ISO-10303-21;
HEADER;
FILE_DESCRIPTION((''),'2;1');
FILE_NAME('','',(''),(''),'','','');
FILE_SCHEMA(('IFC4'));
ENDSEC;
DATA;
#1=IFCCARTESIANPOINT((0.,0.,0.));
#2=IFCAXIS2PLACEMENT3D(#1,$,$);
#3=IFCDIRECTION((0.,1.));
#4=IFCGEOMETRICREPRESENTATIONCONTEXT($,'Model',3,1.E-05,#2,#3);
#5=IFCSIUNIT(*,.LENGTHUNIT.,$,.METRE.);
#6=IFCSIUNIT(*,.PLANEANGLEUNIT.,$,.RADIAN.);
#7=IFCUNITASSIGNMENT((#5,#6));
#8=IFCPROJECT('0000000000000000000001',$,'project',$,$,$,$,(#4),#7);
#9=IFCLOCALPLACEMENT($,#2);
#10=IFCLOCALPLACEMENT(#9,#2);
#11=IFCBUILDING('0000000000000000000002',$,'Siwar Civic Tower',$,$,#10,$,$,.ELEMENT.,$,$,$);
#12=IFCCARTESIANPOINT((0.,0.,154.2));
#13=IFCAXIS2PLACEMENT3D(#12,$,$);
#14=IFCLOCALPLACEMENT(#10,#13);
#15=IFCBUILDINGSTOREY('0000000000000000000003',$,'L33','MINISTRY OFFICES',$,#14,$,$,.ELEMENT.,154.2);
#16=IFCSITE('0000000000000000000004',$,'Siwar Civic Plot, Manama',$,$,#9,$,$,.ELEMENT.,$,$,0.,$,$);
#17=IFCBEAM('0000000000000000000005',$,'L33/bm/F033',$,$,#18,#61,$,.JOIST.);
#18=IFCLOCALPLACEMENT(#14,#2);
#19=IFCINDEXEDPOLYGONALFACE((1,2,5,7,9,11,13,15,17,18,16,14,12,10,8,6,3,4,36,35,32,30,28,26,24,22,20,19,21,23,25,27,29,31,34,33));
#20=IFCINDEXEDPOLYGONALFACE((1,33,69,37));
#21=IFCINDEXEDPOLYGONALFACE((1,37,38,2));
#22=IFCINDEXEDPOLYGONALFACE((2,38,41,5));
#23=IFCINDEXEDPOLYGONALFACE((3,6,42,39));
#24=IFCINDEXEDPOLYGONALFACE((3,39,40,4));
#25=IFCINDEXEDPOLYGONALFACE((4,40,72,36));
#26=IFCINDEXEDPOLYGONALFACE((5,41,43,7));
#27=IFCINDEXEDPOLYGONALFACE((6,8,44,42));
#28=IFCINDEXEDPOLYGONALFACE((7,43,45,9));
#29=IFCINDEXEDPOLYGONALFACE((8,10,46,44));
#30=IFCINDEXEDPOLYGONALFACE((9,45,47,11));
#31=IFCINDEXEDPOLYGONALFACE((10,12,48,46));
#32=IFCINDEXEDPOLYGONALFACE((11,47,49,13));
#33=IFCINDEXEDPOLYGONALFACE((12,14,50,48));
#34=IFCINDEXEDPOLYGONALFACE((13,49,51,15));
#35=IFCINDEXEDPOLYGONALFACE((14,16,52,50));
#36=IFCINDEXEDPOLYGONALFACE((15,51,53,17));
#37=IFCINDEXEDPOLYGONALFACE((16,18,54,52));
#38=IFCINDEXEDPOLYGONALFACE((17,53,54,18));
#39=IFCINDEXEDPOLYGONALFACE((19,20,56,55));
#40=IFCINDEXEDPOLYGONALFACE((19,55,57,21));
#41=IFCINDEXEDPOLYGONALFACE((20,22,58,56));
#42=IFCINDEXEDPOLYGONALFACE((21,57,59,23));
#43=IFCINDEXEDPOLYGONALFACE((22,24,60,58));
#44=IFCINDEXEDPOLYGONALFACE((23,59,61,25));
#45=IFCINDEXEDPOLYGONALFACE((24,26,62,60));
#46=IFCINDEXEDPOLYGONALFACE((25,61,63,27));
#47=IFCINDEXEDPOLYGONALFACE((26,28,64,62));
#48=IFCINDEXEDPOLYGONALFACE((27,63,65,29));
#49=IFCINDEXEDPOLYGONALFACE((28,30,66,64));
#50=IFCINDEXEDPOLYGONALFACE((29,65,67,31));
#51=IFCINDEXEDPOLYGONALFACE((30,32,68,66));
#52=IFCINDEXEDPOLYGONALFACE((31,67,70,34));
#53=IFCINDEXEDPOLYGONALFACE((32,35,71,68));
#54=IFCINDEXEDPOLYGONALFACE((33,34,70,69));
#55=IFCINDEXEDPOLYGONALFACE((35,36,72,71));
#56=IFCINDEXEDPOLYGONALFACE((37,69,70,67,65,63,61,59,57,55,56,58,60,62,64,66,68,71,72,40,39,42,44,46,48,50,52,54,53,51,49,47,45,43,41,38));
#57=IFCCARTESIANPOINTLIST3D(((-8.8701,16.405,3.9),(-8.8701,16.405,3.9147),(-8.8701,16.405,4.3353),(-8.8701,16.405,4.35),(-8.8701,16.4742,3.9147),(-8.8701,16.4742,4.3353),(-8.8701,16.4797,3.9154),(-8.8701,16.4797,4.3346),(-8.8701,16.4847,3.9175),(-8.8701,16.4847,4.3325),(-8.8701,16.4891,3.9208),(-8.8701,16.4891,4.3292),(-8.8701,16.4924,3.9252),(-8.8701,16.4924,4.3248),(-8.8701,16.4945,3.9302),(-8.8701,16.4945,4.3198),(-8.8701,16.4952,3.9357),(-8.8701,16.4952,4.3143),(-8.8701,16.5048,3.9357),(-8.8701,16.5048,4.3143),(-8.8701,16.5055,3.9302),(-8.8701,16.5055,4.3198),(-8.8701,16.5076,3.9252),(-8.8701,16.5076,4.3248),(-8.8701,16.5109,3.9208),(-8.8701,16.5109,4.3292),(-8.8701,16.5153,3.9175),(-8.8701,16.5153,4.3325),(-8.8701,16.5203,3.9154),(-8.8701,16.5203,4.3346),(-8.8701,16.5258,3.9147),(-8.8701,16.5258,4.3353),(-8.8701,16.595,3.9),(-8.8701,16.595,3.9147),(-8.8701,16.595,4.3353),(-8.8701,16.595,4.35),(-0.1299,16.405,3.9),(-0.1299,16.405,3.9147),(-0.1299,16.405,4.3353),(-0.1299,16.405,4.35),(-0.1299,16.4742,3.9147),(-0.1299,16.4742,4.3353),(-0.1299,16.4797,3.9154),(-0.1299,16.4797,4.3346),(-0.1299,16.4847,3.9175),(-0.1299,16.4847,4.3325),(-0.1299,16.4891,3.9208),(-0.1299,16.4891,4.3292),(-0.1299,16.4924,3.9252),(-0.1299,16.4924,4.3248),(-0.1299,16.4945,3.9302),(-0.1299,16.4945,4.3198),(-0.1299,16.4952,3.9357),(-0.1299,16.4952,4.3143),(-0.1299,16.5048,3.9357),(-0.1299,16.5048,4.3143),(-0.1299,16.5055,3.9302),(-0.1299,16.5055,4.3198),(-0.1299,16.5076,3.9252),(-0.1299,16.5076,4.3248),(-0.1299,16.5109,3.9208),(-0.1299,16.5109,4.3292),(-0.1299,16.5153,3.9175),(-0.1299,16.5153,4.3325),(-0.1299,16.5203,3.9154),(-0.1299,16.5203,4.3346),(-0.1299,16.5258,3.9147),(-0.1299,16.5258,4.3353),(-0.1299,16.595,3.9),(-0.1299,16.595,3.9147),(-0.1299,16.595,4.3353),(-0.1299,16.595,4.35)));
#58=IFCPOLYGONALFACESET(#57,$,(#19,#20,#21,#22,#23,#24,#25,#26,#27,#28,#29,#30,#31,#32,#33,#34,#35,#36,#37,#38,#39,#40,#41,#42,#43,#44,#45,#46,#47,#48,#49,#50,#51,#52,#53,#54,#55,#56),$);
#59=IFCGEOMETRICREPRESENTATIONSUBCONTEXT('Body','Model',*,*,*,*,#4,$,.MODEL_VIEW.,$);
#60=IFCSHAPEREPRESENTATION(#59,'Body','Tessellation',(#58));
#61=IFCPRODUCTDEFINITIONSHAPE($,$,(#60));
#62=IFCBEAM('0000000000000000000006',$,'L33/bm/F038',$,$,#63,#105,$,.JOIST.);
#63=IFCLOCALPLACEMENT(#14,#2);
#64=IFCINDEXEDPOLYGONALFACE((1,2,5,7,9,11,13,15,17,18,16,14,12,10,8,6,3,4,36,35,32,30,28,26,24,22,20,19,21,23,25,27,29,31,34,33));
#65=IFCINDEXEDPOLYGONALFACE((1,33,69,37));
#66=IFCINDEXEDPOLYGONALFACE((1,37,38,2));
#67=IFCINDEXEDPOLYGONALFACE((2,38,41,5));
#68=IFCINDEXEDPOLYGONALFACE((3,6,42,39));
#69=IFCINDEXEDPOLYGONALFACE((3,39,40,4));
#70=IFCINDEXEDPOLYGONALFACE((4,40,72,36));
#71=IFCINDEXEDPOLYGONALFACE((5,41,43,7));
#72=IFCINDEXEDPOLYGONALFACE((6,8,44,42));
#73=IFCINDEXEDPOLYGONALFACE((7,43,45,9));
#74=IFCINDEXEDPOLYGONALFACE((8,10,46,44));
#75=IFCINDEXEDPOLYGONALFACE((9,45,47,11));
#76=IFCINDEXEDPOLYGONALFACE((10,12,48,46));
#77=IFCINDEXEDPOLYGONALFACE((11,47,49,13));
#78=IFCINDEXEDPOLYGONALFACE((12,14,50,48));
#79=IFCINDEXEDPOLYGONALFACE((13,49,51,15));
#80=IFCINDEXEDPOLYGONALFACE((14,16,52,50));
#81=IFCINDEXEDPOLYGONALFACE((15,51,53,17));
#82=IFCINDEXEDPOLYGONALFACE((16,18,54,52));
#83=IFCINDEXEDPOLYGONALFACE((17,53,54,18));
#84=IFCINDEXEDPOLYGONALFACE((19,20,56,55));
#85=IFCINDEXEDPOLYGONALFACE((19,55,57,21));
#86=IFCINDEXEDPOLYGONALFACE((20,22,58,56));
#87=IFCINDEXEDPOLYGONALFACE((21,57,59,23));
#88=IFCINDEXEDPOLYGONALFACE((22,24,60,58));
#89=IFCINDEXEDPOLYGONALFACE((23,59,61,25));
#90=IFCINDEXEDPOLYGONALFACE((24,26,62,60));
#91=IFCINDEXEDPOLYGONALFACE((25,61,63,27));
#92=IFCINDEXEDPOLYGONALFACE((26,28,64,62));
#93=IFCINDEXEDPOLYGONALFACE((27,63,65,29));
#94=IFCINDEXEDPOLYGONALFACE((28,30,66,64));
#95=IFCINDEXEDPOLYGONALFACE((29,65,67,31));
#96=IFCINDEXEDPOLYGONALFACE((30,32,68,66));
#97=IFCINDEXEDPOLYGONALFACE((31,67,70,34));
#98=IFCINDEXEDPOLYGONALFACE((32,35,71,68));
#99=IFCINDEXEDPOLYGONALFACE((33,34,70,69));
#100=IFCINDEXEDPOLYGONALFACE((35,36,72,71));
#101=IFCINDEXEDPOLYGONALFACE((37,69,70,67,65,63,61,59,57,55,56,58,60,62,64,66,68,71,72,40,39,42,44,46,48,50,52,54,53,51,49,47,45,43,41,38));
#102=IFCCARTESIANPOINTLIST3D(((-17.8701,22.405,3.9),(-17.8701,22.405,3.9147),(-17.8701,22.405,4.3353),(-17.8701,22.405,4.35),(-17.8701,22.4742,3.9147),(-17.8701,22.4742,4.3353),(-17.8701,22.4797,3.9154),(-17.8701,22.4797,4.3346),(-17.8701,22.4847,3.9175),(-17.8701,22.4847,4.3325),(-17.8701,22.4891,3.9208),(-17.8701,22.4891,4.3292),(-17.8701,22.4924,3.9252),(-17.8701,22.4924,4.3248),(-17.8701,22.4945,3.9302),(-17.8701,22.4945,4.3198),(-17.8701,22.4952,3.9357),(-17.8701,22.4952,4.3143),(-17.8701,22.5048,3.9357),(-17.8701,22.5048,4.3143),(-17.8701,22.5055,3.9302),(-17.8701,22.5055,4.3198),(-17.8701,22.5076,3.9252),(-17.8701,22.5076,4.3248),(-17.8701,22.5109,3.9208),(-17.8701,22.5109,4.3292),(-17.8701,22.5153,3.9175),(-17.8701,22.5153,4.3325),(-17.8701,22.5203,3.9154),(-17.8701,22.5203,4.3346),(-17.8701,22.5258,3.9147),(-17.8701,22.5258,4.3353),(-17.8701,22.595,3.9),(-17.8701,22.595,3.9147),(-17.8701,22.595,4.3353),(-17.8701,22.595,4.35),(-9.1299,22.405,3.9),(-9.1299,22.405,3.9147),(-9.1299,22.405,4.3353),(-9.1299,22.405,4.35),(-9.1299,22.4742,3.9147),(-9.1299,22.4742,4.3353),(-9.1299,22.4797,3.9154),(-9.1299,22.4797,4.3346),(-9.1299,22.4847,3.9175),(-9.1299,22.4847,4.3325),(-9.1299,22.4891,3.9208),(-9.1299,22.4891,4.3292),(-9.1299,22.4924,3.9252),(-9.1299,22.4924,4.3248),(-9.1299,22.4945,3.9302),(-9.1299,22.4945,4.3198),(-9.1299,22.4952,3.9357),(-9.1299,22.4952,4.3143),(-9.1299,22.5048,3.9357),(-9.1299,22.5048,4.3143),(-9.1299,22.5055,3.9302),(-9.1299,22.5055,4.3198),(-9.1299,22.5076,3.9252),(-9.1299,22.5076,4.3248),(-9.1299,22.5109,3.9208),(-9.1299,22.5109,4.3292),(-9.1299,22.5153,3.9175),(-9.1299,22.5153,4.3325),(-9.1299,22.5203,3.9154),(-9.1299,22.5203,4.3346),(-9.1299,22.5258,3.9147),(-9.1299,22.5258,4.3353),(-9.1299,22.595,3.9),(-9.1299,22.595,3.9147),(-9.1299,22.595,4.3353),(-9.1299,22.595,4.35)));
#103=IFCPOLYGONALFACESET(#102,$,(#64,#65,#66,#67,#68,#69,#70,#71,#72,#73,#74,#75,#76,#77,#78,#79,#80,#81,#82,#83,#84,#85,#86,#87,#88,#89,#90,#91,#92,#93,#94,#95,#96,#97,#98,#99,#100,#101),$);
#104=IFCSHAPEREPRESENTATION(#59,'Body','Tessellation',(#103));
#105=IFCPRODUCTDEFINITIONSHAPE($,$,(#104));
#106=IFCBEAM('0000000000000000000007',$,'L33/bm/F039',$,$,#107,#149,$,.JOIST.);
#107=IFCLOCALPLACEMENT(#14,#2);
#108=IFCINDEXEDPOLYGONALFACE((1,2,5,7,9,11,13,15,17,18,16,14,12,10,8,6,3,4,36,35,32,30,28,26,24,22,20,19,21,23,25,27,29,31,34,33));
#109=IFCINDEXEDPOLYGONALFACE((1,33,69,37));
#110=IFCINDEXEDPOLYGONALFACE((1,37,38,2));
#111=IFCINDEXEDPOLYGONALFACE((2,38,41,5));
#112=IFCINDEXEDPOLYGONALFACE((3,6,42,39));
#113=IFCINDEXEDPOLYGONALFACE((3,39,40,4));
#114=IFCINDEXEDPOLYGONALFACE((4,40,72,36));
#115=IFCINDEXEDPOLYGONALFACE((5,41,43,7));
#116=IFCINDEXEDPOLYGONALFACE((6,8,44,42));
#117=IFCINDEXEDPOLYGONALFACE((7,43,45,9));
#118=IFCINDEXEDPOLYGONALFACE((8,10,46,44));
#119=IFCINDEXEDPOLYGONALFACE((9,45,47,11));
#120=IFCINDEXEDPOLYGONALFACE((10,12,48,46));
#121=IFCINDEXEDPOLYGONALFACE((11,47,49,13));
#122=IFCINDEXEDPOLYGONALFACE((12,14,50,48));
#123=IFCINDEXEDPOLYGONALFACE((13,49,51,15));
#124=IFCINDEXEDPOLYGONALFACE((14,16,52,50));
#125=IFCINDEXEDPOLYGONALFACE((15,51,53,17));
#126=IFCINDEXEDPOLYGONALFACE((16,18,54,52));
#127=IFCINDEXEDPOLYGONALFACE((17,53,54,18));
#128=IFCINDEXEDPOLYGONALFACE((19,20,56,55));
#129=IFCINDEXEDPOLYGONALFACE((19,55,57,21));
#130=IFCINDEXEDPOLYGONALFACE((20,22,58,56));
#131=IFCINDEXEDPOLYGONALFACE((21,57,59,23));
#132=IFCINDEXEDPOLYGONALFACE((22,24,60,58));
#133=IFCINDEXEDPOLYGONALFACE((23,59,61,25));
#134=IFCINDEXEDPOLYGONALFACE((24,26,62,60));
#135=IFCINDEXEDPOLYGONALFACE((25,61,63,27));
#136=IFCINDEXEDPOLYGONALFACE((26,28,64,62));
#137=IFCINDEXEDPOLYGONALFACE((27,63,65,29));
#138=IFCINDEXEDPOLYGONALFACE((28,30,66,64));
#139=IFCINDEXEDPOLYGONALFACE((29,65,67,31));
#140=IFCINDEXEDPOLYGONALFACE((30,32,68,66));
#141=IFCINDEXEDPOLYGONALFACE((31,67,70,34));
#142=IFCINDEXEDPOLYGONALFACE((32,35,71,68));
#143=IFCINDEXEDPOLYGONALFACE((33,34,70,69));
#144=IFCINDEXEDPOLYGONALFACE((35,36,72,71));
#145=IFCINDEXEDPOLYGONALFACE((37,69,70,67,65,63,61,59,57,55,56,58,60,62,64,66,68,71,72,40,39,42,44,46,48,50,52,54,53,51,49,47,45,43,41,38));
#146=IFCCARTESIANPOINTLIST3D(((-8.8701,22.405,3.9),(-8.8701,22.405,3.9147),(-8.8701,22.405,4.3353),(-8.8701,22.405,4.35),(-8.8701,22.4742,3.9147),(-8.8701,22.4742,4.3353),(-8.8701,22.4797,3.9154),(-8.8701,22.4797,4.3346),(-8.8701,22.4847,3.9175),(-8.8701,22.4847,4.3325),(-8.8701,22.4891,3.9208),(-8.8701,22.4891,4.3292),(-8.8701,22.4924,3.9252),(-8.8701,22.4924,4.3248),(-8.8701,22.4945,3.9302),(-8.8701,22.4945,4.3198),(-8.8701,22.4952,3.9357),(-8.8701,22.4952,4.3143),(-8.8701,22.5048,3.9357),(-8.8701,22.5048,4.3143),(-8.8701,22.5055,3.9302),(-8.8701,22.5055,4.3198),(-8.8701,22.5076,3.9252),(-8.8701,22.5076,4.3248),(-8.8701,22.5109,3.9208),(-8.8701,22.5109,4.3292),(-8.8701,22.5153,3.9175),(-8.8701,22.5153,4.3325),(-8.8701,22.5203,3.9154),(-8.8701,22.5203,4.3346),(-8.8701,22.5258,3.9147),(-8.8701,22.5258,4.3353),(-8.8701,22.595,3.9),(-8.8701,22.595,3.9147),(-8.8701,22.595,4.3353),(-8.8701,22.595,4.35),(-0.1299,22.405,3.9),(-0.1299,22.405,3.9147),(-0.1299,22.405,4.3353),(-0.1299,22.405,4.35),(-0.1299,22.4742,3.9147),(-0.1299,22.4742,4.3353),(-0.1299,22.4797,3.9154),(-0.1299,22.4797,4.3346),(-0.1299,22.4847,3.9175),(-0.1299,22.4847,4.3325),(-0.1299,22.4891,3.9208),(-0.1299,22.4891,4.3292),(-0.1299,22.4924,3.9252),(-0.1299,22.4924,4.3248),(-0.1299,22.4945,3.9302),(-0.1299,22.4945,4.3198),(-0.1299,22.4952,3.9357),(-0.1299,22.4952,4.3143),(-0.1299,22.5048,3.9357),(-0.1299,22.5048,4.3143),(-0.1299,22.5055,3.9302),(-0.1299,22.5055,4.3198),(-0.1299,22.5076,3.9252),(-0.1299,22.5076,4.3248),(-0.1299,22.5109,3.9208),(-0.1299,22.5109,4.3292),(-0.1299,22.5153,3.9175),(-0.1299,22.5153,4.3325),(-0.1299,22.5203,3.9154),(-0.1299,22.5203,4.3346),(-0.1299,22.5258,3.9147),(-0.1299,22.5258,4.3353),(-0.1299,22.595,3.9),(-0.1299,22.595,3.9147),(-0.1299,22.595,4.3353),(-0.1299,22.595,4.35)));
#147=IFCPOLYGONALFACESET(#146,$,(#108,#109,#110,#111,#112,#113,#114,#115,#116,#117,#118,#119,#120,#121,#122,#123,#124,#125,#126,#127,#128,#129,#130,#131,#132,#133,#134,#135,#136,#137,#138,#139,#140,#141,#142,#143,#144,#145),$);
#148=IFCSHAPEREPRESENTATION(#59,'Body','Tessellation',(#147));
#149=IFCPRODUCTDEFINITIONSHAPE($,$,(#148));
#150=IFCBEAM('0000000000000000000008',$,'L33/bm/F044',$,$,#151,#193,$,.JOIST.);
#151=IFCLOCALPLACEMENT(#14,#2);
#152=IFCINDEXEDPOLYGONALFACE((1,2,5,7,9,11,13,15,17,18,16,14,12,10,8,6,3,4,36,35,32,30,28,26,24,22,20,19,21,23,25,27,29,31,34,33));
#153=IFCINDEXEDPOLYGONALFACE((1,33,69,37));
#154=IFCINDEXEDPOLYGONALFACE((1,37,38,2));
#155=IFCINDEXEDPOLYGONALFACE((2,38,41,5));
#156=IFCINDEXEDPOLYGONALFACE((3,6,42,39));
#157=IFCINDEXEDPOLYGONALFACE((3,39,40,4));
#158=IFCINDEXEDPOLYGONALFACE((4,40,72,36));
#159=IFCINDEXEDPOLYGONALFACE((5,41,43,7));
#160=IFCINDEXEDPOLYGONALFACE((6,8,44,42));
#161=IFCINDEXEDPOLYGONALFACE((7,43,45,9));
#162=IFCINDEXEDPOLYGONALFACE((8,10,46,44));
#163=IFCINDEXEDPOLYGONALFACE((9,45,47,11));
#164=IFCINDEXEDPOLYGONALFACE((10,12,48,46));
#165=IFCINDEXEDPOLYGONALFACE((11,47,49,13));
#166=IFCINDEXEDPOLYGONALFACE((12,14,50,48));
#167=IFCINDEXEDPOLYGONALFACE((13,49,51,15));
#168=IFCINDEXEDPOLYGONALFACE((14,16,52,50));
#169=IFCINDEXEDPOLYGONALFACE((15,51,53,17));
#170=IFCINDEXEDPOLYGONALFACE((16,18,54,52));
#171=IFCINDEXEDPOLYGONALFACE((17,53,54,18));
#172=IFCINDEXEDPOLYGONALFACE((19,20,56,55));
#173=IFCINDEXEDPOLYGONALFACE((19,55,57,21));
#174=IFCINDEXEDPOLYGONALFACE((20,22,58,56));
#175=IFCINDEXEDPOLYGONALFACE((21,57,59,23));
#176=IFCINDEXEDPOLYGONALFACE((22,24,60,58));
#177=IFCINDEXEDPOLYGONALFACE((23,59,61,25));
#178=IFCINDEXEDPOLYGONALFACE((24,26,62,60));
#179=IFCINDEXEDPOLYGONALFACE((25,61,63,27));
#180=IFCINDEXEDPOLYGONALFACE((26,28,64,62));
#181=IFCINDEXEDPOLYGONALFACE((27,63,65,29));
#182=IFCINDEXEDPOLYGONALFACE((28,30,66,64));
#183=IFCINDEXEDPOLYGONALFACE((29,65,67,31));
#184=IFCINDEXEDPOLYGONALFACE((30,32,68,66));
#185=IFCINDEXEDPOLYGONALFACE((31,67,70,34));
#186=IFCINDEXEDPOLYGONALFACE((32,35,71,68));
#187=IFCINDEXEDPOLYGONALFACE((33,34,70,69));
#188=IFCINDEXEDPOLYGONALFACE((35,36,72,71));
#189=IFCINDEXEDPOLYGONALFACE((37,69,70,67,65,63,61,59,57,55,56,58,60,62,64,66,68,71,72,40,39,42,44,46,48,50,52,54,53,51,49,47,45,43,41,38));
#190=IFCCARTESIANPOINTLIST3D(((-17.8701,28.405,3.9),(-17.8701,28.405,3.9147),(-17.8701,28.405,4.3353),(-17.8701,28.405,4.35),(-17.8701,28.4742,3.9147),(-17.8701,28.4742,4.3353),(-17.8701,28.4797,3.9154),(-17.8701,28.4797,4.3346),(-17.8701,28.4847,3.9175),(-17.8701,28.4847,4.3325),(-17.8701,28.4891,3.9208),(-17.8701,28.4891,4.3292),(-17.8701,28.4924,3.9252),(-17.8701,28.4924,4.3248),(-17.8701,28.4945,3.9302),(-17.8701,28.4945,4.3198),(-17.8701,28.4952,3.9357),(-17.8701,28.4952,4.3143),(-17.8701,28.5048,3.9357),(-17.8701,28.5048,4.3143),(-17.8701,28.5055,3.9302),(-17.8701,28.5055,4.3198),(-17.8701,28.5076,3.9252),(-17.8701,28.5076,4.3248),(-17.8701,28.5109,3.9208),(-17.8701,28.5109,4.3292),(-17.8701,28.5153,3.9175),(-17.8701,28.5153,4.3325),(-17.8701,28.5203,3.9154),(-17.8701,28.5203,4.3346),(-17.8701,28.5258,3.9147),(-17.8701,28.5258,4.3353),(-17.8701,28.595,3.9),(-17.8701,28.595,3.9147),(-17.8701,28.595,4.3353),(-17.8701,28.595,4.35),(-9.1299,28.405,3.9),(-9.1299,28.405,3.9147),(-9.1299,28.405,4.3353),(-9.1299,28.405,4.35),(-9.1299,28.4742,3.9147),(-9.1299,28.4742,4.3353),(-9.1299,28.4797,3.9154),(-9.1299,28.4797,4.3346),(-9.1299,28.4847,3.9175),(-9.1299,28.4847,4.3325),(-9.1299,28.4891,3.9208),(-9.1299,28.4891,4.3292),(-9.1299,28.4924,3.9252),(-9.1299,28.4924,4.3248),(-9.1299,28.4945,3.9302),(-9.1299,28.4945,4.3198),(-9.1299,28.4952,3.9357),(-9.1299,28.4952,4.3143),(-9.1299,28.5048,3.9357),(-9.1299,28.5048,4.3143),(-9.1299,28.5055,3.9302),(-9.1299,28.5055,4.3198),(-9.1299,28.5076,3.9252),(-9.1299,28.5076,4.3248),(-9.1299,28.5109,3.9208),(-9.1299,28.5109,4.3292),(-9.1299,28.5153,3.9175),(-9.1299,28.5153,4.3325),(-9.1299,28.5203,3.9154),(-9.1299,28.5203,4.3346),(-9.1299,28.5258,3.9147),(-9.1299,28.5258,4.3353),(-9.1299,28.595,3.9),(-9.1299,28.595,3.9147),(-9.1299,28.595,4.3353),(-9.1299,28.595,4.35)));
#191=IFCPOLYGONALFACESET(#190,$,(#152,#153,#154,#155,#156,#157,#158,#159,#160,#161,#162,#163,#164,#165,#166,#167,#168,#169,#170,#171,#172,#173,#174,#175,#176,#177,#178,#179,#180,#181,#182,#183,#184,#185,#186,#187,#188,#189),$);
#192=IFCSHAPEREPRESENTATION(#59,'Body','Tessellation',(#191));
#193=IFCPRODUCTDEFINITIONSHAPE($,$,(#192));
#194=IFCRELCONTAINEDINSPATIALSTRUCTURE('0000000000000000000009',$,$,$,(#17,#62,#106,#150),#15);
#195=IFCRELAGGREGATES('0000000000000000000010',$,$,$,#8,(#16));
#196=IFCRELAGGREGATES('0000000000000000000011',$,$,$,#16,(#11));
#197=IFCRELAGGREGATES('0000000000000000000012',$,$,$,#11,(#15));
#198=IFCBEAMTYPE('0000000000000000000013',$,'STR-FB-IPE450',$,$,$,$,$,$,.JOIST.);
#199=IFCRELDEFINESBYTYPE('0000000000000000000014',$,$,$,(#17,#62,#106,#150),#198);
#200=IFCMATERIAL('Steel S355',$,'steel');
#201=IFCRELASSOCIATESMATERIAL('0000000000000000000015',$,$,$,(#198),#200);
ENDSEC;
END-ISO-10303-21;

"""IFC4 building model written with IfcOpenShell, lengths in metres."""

from ifc_helpers import new_model, si_unit, direction, frame, origin, origin_2d, place, context, subcontext, project, spatial, i_section, extrude, material, material_profile, profile_set, type_object, element, save


model = new_model("IFC4")

# Units and contexts
model_context = context("Model", 3, precision=1e-05, world=origin(), true_north=direction((0.0, 1.0)))
body_context = subcontext(model_context, "Body", "Model", "MODEL_VIEW")
ifc_project = project(units=[si_unit("LENGTHUNIT", "METRE"), si_unit("PLANEANGLEUNIT", "RADIAN")], contexts=[model_context])

# Site, building, storey
site_placement = place(None, origin())
site = spatial("IfcSite", under=ifc_project, at=site_placement, Name="Siwar Civic Plot, Manama", CompositionType="ELEMENT", RefElevation=0.0)
building_placement = place(site_placement, origin())
building = spatial("IfcBuilding", under=site, at=building_placement, Name="Siwar Civic Tower", CompositionType="ELEMENT")
storey_placement = place(building_placement, frame((0.0, 0.0, 154.2)))
storey = spatial("IfcBuildingStorey", under=building, at=storey_placement, Name="L33", Description="MINISTRY OFFICES", CompositionType="ELEMENT", Elevation=154.2)

# Beams
ifc_material_1 = material(Name="Steel S355", Category="steel")
ifc_material_profile_1 = material_profile(ifc_material_1, i_section(OverallWidth=0.1899, OverallDepth=0.45, WebThickness=0.0095, FlangeThickness=0.0146, FilletRadius=0.021, at=origin_2d()), Name="IPE450")
ifc_profile_set_1 = profile_set([ifc_material_profile_1], Name="Steel S355")
beam_type_1 = type_object("IfcBeamType", Name="STR-FB-IPE450", PredefinedType="JOIST", material=ifc_profile_set_1)
for number, where, z_axis, x_axis, name in (
    (1, (-8.8701, 16.5, 4.125), (1.0, 0.0, 0.0), (0.0, 1.0, 0.0), "L33/bm/F033"),
    (2, (-17.8701, 22.5, 4.125), (1.0, 0.0, 0.0), (0.0, 1.0, 0.0), "L33/bm/F038"),
    (3, (-8.8701, 22.5, 4.125), (1.0, 0.0, 0.0), (0.0, 1.0, 0.0), "L33/bm/F039"),
    (4, (-17.8701, 28.5, 4.125), (1.0, 0.0, 0.0), (0.0, 1.0, 0.0), "L33/bm/F044"),
):
    element("IfcBeam", number, at=place(storey_placement, frame(where, z_axis=z_axis, x_axis=x_axis)), inside=storey, type_object=beam_type_1, Name=name, PredefinedType="JOIST", context=body_context, shape_type="SweptSolid", body=[
        extrude(i_section(OverallWidth=0.1899, OverallDepth=0.45, WebThickness=0.0095, FlangeThickness=0.0146, FilletRadius=0.021, at=origin_2d()), origin(), (0.0, 0.0, 1.0), 8.7402),
    ])

save(model, "model.ifc")
